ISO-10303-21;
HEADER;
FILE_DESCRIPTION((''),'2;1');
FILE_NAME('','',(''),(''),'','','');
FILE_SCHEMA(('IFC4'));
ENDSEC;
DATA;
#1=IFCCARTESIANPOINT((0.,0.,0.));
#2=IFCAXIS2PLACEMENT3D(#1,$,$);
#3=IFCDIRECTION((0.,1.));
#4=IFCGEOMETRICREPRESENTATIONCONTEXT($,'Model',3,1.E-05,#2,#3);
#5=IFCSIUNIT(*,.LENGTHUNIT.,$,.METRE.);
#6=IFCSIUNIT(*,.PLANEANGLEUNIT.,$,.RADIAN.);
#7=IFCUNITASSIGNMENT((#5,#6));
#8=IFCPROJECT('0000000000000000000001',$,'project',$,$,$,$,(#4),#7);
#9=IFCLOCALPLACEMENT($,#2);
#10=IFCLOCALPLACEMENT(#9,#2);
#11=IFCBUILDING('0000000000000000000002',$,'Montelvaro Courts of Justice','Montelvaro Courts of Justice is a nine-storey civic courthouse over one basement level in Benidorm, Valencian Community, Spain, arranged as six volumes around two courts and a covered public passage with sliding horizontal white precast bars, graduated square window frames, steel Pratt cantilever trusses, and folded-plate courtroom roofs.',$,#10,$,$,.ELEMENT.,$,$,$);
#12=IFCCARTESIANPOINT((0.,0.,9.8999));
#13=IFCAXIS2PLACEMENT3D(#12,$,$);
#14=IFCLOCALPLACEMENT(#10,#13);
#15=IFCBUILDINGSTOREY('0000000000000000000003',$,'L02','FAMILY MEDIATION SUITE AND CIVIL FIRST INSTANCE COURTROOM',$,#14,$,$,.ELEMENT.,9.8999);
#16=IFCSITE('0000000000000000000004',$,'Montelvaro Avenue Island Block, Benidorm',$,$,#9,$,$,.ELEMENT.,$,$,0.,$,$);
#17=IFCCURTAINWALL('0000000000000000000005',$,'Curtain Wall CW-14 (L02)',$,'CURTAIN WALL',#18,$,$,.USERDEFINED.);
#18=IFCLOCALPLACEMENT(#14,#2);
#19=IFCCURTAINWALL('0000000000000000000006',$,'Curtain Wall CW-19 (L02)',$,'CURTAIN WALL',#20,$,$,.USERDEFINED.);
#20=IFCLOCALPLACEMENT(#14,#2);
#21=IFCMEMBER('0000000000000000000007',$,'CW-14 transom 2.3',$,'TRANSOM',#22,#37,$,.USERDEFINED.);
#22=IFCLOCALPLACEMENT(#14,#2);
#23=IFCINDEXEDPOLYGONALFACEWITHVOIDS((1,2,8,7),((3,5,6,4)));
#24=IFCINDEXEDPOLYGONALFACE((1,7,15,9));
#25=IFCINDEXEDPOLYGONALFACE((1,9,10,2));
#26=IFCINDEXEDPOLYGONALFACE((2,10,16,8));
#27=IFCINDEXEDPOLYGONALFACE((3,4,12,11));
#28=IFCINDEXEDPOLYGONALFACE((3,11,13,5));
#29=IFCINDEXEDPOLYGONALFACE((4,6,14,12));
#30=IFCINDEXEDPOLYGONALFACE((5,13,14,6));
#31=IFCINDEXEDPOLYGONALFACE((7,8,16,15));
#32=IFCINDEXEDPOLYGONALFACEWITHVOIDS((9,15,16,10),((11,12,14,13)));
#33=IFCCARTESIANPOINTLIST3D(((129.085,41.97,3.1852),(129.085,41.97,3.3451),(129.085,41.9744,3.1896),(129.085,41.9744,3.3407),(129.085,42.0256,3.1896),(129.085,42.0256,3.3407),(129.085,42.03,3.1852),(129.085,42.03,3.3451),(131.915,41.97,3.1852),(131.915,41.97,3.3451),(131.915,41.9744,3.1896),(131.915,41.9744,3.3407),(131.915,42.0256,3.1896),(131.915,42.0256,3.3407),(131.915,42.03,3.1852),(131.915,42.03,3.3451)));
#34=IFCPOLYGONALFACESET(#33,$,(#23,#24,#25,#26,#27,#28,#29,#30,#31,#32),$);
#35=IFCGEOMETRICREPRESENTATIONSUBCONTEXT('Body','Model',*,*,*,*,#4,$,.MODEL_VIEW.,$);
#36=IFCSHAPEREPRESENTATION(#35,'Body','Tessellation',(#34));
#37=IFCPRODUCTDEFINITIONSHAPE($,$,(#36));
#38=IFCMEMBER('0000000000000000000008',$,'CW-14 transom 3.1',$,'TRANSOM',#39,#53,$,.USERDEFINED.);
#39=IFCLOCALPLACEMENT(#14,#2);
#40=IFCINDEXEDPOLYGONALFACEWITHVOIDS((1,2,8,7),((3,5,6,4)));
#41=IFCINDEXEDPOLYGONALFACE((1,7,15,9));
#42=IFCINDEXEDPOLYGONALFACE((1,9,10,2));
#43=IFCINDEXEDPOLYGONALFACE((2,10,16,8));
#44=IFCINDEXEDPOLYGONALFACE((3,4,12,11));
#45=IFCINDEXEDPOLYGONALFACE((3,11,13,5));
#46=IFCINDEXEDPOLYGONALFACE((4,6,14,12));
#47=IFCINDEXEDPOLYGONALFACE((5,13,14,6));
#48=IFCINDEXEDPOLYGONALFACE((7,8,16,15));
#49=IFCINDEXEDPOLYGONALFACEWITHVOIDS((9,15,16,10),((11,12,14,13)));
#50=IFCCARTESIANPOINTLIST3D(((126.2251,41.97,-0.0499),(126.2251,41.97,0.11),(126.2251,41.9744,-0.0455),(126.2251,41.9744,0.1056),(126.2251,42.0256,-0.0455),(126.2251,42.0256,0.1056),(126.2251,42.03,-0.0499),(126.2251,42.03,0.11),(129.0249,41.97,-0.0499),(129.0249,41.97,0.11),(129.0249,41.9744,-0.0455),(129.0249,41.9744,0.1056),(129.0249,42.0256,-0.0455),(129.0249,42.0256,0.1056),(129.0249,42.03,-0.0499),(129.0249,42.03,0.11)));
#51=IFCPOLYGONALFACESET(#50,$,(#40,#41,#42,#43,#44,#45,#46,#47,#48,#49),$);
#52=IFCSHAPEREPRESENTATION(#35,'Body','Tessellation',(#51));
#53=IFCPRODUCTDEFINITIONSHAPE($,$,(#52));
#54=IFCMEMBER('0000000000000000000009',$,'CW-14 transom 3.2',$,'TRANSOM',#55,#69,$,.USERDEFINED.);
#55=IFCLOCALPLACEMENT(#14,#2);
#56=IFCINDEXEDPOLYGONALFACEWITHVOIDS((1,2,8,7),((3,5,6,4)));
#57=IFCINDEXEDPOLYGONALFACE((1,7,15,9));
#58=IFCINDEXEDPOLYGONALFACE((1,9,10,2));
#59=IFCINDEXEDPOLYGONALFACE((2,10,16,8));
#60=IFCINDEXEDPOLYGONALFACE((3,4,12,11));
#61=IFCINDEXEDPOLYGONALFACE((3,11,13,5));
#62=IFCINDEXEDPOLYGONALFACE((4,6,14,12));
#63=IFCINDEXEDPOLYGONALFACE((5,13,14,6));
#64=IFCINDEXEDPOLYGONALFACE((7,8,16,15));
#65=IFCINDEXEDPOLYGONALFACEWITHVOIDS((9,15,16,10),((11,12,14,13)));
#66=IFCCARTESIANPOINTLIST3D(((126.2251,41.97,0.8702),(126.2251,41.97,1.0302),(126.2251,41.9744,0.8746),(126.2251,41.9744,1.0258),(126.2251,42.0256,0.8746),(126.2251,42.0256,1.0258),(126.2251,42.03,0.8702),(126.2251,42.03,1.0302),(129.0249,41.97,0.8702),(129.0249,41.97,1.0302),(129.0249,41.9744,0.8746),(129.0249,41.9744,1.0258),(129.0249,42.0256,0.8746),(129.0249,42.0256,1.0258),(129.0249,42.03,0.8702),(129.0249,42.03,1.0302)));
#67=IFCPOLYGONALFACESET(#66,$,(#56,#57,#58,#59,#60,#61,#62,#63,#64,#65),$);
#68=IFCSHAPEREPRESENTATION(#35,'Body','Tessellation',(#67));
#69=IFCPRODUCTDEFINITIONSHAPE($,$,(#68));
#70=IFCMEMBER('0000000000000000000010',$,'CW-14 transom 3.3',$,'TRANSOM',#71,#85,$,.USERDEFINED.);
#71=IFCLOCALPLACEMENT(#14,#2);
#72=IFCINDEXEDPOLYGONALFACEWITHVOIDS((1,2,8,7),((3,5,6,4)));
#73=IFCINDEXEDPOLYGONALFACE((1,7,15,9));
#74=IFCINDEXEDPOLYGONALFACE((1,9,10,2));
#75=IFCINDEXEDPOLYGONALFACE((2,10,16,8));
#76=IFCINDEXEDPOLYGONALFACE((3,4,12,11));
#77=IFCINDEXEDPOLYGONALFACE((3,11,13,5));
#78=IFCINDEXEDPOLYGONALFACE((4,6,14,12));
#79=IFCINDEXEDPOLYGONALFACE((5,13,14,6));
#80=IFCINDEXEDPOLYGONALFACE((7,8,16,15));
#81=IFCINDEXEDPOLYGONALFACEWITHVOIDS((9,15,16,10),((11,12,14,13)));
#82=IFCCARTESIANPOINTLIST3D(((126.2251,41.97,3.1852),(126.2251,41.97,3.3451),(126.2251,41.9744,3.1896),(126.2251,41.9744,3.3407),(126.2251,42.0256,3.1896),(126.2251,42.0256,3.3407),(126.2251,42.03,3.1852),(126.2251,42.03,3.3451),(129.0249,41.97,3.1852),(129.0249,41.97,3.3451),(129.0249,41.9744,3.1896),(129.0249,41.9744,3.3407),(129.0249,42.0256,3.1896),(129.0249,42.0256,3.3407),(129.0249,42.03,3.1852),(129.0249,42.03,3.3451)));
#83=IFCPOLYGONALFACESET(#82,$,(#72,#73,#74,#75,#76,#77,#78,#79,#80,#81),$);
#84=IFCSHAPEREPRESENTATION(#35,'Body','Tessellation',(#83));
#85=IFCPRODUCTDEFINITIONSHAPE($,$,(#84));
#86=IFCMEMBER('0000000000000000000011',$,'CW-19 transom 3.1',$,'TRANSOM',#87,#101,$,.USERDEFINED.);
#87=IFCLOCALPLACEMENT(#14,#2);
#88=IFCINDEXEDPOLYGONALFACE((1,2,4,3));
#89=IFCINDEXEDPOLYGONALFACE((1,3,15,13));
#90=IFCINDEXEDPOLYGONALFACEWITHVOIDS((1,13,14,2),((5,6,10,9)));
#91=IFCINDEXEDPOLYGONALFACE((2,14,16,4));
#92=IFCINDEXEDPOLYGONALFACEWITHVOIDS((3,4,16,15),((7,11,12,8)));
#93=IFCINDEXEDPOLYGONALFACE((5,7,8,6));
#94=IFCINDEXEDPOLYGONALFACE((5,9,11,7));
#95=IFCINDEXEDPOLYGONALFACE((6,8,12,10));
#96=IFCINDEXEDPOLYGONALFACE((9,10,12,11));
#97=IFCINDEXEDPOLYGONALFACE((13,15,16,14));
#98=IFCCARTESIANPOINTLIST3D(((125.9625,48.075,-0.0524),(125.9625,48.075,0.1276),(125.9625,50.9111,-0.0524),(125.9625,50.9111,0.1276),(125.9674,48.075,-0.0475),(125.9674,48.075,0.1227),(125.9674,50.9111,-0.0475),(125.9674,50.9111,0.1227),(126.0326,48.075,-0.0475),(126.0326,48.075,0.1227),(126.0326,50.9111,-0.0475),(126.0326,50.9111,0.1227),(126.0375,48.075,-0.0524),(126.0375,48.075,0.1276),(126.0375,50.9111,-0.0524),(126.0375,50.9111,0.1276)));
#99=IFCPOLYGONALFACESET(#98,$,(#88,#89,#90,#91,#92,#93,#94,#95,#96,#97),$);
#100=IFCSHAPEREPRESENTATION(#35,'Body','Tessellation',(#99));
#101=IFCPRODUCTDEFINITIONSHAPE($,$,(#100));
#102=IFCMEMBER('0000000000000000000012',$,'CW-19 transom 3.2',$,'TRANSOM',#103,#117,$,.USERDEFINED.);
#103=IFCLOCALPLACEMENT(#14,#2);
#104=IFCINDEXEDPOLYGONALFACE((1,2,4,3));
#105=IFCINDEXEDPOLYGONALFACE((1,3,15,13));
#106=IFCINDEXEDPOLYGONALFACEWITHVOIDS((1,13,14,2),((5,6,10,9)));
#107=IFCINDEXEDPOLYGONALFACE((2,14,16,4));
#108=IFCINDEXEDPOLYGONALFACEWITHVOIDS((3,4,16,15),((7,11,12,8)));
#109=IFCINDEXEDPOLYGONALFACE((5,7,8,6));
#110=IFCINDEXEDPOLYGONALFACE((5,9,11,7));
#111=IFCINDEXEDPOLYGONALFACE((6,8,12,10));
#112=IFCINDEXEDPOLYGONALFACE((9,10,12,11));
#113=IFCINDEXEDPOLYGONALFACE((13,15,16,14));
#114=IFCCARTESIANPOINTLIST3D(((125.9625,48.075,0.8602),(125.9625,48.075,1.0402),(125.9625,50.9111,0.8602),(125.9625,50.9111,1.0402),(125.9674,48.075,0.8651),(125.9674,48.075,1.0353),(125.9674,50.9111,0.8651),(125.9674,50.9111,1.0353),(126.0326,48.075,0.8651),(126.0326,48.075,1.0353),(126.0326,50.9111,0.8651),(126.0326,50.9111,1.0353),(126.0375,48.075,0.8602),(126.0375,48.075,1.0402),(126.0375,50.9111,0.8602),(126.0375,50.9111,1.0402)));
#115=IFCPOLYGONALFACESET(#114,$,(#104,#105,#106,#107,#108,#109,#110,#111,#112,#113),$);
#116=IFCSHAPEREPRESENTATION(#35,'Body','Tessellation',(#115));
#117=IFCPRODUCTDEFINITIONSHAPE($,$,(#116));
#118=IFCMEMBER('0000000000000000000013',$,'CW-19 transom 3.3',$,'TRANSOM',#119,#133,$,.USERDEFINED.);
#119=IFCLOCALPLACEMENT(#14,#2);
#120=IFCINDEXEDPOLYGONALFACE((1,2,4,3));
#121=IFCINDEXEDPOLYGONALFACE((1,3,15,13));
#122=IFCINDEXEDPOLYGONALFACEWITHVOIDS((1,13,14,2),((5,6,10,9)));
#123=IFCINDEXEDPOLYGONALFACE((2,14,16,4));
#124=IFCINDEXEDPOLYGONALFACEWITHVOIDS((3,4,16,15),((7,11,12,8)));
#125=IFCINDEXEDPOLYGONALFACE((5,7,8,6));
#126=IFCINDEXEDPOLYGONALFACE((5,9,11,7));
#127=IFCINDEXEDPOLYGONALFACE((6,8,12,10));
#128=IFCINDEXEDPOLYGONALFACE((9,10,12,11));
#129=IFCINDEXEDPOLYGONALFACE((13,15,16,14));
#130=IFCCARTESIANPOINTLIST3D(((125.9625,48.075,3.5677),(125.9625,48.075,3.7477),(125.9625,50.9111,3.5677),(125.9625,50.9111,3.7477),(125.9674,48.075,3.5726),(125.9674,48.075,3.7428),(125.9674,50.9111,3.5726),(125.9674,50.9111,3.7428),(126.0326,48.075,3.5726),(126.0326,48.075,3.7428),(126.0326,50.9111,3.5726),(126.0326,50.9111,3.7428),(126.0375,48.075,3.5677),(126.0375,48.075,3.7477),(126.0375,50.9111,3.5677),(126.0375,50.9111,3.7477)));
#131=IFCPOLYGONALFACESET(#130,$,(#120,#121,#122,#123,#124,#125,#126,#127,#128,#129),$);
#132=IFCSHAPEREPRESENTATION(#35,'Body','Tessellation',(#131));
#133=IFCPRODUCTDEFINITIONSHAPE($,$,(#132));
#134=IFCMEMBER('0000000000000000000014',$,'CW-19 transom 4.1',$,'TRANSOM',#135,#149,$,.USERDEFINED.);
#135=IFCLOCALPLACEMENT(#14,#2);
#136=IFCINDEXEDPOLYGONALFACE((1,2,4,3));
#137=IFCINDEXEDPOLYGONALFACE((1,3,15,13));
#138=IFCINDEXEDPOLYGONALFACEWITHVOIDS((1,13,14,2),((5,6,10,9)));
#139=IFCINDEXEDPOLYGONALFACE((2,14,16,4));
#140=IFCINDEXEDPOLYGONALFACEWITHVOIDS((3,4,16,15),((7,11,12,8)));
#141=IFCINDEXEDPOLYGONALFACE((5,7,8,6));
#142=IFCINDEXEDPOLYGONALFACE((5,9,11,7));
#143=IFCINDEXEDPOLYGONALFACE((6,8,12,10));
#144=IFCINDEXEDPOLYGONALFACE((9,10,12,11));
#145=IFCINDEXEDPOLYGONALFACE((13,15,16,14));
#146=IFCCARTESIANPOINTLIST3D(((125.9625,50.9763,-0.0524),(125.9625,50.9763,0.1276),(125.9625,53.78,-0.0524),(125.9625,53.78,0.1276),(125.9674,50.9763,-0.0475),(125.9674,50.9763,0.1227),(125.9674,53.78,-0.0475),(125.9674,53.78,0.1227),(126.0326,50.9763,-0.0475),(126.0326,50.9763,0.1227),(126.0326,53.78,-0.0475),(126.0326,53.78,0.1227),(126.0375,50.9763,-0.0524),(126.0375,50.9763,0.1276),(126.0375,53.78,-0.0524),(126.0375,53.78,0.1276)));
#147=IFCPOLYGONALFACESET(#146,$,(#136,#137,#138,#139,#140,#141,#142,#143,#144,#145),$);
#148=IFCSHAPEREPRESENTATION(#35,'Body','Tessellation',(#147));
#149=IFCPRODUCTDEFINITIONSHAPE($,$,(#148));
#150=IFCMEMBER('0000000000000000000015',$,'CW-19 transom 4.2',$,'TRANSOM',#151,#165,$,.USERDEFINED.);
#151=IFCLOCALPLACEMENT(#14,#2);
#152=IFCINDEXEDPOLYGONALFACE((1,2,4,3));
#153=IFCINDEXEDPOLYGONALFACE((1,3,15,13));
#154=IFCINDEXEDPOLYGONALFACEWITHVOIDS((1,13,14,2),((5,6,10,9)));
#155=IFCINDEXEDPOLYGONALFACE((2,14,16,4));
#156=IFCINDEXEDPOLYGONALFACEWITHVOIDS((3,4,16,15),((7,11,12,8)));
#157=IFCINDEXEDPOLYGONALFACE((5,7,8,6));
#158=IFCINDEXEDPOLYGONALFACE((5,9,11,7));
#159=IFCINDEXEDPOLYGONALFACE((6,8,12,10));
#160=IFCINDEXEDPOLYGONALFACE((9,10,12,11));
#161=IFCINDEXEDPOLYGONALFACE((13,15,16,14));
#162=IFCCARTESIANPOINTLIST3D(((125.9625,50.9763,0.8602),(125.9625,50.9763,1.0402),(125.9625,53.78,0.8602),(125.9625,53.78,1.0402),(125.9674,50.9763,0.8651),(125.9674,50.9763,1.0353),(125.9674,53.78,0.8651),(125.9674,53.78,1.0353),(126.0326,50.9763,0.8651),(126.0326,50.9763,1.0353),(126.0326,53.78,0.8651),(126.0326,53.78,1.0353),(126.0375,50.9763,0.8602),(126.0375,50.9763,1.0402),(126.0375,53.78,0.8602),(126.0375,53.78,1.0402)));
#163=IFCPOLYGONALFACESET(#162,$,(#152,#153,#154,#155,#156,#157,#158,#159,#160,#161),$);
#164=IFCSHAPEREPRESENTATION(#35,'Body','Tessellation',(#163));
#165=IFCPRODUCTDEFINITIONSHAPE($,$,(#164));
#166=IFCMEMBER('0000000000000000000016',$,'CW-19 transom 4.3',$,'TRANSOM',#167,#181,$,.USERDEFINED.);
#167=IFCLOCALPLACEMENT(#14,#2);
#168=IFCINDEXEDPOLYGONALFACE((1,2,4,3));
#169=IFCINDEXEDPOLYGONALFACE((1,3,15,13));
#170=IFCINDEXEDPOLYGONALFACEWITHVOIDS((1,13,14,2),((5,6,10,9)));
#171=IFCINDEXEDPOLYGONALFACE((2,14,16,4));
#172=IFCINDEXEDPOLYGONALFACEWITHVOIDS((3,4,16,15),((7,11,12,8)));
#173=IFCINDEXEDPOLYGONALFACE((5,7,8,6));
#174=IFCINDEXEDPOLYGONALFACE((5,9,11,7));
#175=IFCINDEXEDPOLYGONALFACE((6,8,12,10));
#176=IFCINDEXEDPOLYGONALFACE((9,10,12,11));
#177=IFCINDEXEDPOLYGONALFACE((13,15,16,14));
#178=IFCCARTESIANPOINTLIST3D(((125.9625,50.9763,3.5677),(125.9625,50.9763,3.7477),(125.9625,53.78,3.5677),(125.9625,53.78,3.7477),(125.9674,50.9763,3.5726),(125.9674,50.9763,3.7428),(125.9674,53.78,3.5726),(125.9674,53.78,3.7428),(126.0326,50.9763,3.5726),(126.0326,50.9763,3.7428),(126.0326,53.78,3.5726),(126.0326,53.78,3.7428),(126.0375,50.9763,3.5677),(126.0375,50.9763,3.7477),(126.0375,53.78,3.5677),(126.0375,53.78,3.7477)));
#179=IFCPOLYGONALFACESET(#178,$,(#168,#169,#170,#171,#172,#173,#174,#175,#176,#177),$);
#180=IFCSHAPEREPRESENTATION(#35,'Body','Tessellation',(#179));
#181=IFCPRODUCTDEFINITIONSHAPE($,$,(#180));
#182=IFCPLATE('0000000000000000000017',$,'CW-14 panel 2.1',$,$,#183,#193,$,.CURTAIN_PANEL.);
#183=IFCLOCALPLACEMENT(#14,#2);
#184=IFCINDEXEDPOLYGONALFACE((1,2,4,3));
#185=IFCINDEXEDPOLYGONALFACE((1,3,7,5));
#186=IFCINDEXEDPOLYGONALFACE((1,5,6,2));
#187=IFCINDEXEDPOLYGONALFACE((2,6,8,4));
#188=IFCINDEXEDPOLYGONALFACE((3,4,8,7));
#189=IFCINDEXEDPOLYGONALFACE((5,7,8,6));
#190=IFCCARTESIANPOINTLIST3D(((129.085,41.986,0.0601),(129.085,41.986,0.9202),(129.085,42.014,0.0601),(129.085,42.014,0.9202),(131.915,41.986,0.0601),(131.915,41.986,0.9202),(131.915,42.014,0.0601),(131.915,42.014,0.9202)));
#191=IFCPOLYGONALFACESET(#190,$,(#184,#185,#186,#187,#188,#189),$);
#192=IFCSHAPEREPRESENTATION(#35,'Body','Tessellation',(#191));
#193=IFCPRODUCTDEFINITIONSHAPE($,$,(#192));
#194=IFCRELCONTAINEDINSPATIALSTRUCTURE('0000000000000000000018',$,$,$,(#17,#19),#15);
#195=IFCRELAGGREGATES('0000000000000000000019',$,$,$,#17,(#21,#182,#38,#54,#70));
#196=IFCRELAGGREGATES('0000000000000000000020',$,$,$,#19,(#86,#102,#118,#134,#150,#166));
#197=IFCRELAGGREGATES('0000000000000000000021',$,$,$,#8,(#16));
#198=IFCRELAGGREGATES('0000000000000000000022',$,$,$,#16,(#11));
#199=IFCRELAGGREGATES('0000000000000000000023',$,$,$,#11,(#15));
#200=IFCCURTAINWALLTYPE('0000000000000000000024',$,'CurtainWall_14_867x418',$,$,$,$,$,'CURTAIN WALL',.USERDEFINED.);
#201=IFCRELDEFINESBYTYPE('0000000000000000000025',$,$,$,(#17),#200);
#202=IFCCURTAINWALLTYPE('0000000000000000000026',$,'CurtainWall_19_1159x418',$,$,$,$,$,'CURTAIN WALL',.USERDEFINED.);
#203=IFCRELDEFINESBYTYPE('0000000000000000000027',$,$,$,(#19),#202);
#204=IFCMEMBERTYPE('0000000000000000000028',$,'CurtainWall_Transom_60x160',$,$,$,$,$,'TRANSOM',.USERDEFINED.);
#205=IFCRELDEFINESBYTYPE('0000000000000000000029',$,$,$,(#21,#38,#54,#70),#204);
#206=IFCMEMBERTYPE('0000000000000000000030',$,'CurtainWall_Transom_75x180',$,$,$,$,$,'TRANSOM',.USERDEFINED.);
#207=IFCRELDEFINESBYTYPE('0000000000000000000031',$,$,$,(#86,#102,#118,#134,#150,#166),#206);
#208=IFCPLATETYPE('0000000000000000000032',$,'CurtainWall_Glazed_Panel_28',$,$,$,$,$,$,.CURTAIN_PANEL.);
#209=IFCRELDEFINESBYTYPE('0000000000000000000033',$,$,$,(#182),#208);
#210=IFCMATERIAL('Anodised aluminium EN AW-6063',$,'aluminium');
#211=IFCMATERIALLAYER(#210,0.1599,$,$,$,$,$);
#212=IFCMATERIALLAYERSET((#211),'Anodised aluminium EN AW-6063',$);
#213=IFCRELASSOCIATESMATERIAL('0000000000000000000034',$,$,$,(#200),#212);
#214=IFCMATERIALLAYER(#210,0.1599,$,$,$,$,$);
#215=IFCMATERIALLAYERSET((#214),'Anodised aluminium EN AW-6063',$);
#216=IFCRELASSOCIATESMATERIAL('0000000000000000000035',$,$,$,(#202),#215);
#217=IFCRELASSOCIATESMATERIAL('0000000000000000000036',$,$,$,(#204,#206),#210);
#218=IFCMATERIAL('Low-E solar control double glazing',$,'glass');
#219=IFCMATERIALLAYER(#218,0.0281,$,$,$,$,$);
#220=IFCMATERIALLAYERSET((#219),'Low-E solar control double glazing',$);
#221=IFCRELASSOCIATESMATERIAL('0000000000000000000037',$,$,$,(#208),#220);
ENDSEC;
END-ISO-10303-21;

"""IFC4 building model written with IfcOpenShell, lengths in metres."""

from ifc_helpers import new_model, si_unit, direction, frame, origin, origin_2d, place, context, subcontext, project, spatial, rectangle, hollow_rectangle, extrude, material, layer, layer_set, material_profile, profile_set, type_object, element, aggregate, save


model = new_model("IFC4")

# Units and contexts
model_context = context("Model", 3, precision=1e-05, world=origin(), true_north=direction((0.0, 1.0)))
body_context = subcontext(model_context, "Body", "Model", "MODEL_VIEW")
ifc_project = project(units=[si_unit("LENGTHUNIT", "METRE"), si_unit("PLANEANGLEUNIT", "RADIAN")], contexts=[model_context])

# Site, building, storey
site_placement = place(None, origin())
site = spatial("IfcSite", under=ifc_project, at=site_placement, Name="Montelvaro Avenue Island Block, Benidorm", CompositionType="ELEMENT", RefElevation=0.0)
building_placement = place(site_placement, origin())
building = spatial("IfcBuilding", under=site, at=building_placement, Name="Montelvaro Courts of Justice", Description="Montelvaro Courts of Justice is a nine-storey civic courthouse over one basement level in Benidorm, Valencian Community, Spain, arranged as six volumes around two courts and a covered public passage with sliding horizontal white precast bars, graduated square window frames, steel Pratt cantilever trusses, and folded-plate courtroom roofs.", CompositionType="ELEMENT")
storey_placement = place(building_placement, frame((0.0, 0.0, 9.8999)))
storey = spatial("IfcBuildingStorey", under=building, at=storey_placement, Name="L02", Description="FAMILY MEDIATION SUITE AND CIVIL FIRST INSTANCE COURTROOM", CompositionType="ELEMENT", Elevation=9.8999)

# Curtain walls
ifc_material_1 = material(Name="Anodised aluminium EN AW-6063", Category="aluminium")
ifc_layer_1 = layer(ifc_material_1, 0.1599)
ifc_layer_set_1 = layer_set([ifc_layer_1], Name="Anodised aluminium EN AW-6063")
curtain_wall_type_1 = type_object("IfcCurtainWallType", Name="CurtainWall_14_867x418", ElementType="CURTAIN WALL", PredefinedType="USERDEFINED", material=ifc_layer_set_1)
curtain_wall_1_placement = place(storey_placement, origin())
curtain_wall_1 = element("IfcCurtainWall", 1, at=curtain_wall_1_placement, inside=storey, type_object=curtain_wall_type_1, Name="Curtain Wall CW-14 (L02)", ObjectType="CURTAIN WALL", PredefinedType="USERDEFINED")
ifc_layer_2 = layer(ifc_material_1, 0.1599)
ifc_layer_set_2 = layer_set([ifc_layer_2], Name="Anodised aluminium EN AW-6063")
curtain_wall_type_2 = type_object("IfcCurtainWallType", Name="CurtainWall_19_1159x418", ElementType="CURTAIN WALL", PredefinedType="USERDEFINED", material=ifc_layer_set_2)
curtain_wall_2_placement = place(storey_placement, origin())
curtain_wall_2 = element("IfcCurtainWall", 2, at=curtain_wall_2_placement, inside=storey, type_object=curtain_wall_type_2, Name="Curtain Wall CW-19 (L02)", ObjectType="CURTAIN WALL", PredefinedType="USERDEFINED")

# Members
ifc_material_profile_1 = material_profile(ifc_material_1, hollow_rectangle(XDim=0.0601, YDim=0.1599, WallThickness=0.0044, at=origin_2d()), Name="ALU-T 60x160")
ifc_profile_set_1 = profile_set([ifc_material_profile_1], Name="Anodised aluminium EN AW-6063")
member_type_1 = type_object("IfcMemberType", Name="CurtainWall_Transom_60x160", ElementType="TRANSOM", PredefinedType="USERDEFINED", material=ifc_profile_set_1)
member_1_placement = place(storey_placement, frame((131.915, 42.0, 3.2651), z_axis=(-1.0, 0.0, 0.0), x_axis=(0.0, -1.0, 0.0)))
member_1 = element("IfcMember", 3, at=member_1_placement, type_object=member_type_1, Name="CW-14 transom 2.3", ObjectType="TRANSOM", PredefinedType="USERDEFINED", context=body_context, shape_type="SweptSolid", body=[
    extrude(hollow_rectangle(XDim=0.0601, YDim=0.1599, WallThickness=0.0044, at=origin_2d()), origin(), (0.0, 0.0, 1.0), 2.8301),
])
member_2_placement = place(storey_placement, frame((129.0249, 42.0, 0.03), z_axis=(-1.0, 0.0, 0.0), x_axis=(0.0, -1.0, 0.0)))
member_2 = element("IfcMember", 4, at=member_2_placement, type_object=member_type_1, Name="CW-14 transom 3.1", ObjectType="TRANSOM", PredefinedType="USERDEFINED", context=body_context, shape_type="SweptSolid", body=[
    extrude(hollow_rectangle(XDim=0.0601, YDim=0.1599, WallThickness=0.0044, at=origin_2d()), origin(), (0.0, 0.0, 1.0), 2.7998),
])
member_3_placement = place(storey_placement, frame((129.0249, 42.0, 0.9502), z_axis=(-1.0, 0.0, 0.0), x_axis=(0.0, -1.0, 0.0)))
member_3 = element("IfcMember", 5, at=member_3_placement, type_object=member_type_1, Name="CW-14 transom 3.2", ObjectType="TRANSOM", PredefinedType="USERDEFINED", context=body_context, shape_type="SweptSolid", body=[
    extrude(hollow_rectangle(XDim=0.0601, YDim=0.1599, WallThickness=0.0044, at=origin_2d()), origin(), (0.0, 0.0, 1.0), 2.7998),
])
member_4_placement = place(storey_placement, frame((129.0249, 42.0, 3.2651), z_axis=(-1.0, 0.0, 0.0), x_axis=(0.0, -1.0, 0.0)))
member_4 = element("IfcMember", 6, at=member_4_placement, type_object=member_type_1, Name="CW-14 transom 3.3", ObjectType="TRANSOM", PredefinedType="USERDEFINED", context=body_context, shape_type="SweptSolid", body=[
    extrude(hollow_rectangle(XDim=0.0601, YDim=0.1599, WallThickness=0.0044, at=origin_2d()), origin(), (0.0, 0.0, 1.0), 2.7998),
])
ifc_material_profile_2 = material_profile(ifc_material_1, hollow_rectangle(XDim=0.075, YDim=0.1799, WallThickness=0.0049, at=origin_2d()), Name="ALU-T 75x180")
ifc_profile_set_2 = profile_set([ifc_material_profile_2], Name="Anodised aluminium EN AW-6063")
member_type_2 = type_object("IfcMemberType", Name="CurtainWall_Transom_75x180", ElementType="TRANSOM", PredefinedType="USERDEFINED", material=ifc_profile_set_2)
member_5_placement = place(storey_placement, frame((126.0, 48.075, 0.0376), z_axis=(0.0, 1.0, 0.0), x_axis=(-1.0, 0.0, 0.0)))
member_5 = element("IfcMember", 7, at=member_5_placement, type_object=member_type_2, Name="CW-19 transom 3.1", ObjectType="TRANSOM", PredefinedType="USERDEFINED", context=body_context, shape_type="SweptSolid", body=[
    extrude(hollow_rectangle(XDim=0.075, YDim=0.1799, WallThickness=0.0049, at=origin_2d()), origin(), (0.0, 0.0, 1.0), 2.8362),
])
member_6_placement = place(storey_placement, frame((126.0, 48.075, 0.9502), z_axis=(0.0, 1.0, 0.0), x_axis=(-1.0, 0.0, 0.0)))
member_6 = element("IfcMember", 8, at=member_6_placement, type_object=member_type_2, Name="CW-19 transom 3.2", ObjectType="TRANSOM", PredefinedType="USERDEFINED", context=body_context, shape_type="SweptSolid", body=[
    extrude(hollow_rectangle(XDim=0.075, YDim=0.1799, WallThickness=0.0049, at=origin_2d()), origin(), (0.0, 0.0, 1.0), 2.8362),
])
member_7_placement = place(storey_placement, frame((126.0, 48.075, 3.6577), z_axis=(0.0, 1.0, 0.0), x_axis=(-1.0, 0.0, 0.0)))
member_7 = element("IfcMember", 9, at=member_7_placement, type_object=member_type_2, Name="CW-19 transom 3.3", ObjectType="TRANSOM", PredefinedType="USERDEFINED", context=body_context, shape_type="SweptSolid", body=[
    extrude(hollow_rectangle(XDim=0.075, YDim=0.1799, WallThickness=0.0049, at=origin_2d()), origin(), (0.0, 0.0, 1.0), 2.8362),
])
member_8_placement = place(storey_placement, frame((126.0, 50.9763, 0.0376), z_axis=(0.0, 1.0, 0.0), x_axis=(-1.0, 0.0, 0.0)))
member_8 = element("IfcMember", 10, at=member_8_placement, type_object=member_type_2, Name="CW-19 transom 4.1", ObjectType="TRANSOM", PredefinedType="USERDEFINED", context=body_context, shape_type="SweptSolid", body=[
    extrude(hollow_rectangle(XDim=0.075, YDim=0.1799, WallThickness=0.0049, at=origin_2d()), origin(), (0.0, 0.0, 1.0), 2.8037),
])
member_9_placement = place(storey_placement, frame((126.0, 50.9763, 0.9502), z_axis=(0.0, 1.0, 0.0), x_axis=(-1.0, 0.0, 0.0)))
member_9 = element("IfcMember", 11, at=member_9_placement, type_object=member_type_2, Name="CW-19 transom 4.2", ObjectType="TRANSOM", PredefinedType="USERDEFINED", context=body_context, shape_type="SweptSolid", body=[
    extrude(hollow_rectangle(XDim=0.075, YDim=0.1799, WallThickness=0.0049, at=origin_2d()), origin(), (0.0, 0.0, 1.0), 2.8037),
])
member_10_placement = place(storey_placement, frame((126.0, 50.9763, 3.6577), z_axis=(0.0, 1.0, 0.0), x_axis=(-1.0, 0.0, 0.0)))
member_10 = element("IfcMember", 12, at=member_10_placement, type_object=member_type_2, Name="CW-19 transom 4.3", ObjectType="TRANSOM", PredefinedType="USERDEFINED", context=body_context, shape_type="SweptSolid", body=[
    extrude(hollow_rectangle(XDim=0.075, YDim=0.1799, WallThickness=0.0049, at=origin_2d()), origin(), (0.0, 0.0, 1.0), 2.8037),
])

# Plate
ifc_material_2 = material(Name="Low-E solar control double glazing", Category="glass")
ifc_layer_3 = layer(ifc_material_2, 0.0281)
ifc_layer_set_3 = layer_set([ifc_layer_3], Name="Low-E solar control double glazing")
plate_type = type_object("IfcPlateType", Name="CurtainWall_Glazed_Panel_28", PredefinedType="CURTAIN_PANEL", material=ifc_layer_set_3)
plate_1_placement = place(storey_placement, frame((130.5, 42.0, 0.0601), z_axis=(0.0, 0.0, 1.0), x_axis=(-1.0, 0.0, 0.0)))
plate_1 = element("IfcPlate", 13, at=plate_1_placement, type_object=plate_type, Name="CW-14 panel 2.1", PredefinedType="CURTAIN_PANEL", context=body_context, shape_type="SweptSolid", body=[
    extrude(rectangle(XDim=2.8301, YDim=0.0281, at=origin_2d()), origin(), (0.0, 0.0, 1.0), 0.8601),
])
aggregate(curtain_wall_1, [member_1, plate_1, member_2, member_3, member_4])
aggregate(curtain_wall_2, [member_5, member_6, member_7, member_8, member_9, member_10])

save(model, "model.ifc")
